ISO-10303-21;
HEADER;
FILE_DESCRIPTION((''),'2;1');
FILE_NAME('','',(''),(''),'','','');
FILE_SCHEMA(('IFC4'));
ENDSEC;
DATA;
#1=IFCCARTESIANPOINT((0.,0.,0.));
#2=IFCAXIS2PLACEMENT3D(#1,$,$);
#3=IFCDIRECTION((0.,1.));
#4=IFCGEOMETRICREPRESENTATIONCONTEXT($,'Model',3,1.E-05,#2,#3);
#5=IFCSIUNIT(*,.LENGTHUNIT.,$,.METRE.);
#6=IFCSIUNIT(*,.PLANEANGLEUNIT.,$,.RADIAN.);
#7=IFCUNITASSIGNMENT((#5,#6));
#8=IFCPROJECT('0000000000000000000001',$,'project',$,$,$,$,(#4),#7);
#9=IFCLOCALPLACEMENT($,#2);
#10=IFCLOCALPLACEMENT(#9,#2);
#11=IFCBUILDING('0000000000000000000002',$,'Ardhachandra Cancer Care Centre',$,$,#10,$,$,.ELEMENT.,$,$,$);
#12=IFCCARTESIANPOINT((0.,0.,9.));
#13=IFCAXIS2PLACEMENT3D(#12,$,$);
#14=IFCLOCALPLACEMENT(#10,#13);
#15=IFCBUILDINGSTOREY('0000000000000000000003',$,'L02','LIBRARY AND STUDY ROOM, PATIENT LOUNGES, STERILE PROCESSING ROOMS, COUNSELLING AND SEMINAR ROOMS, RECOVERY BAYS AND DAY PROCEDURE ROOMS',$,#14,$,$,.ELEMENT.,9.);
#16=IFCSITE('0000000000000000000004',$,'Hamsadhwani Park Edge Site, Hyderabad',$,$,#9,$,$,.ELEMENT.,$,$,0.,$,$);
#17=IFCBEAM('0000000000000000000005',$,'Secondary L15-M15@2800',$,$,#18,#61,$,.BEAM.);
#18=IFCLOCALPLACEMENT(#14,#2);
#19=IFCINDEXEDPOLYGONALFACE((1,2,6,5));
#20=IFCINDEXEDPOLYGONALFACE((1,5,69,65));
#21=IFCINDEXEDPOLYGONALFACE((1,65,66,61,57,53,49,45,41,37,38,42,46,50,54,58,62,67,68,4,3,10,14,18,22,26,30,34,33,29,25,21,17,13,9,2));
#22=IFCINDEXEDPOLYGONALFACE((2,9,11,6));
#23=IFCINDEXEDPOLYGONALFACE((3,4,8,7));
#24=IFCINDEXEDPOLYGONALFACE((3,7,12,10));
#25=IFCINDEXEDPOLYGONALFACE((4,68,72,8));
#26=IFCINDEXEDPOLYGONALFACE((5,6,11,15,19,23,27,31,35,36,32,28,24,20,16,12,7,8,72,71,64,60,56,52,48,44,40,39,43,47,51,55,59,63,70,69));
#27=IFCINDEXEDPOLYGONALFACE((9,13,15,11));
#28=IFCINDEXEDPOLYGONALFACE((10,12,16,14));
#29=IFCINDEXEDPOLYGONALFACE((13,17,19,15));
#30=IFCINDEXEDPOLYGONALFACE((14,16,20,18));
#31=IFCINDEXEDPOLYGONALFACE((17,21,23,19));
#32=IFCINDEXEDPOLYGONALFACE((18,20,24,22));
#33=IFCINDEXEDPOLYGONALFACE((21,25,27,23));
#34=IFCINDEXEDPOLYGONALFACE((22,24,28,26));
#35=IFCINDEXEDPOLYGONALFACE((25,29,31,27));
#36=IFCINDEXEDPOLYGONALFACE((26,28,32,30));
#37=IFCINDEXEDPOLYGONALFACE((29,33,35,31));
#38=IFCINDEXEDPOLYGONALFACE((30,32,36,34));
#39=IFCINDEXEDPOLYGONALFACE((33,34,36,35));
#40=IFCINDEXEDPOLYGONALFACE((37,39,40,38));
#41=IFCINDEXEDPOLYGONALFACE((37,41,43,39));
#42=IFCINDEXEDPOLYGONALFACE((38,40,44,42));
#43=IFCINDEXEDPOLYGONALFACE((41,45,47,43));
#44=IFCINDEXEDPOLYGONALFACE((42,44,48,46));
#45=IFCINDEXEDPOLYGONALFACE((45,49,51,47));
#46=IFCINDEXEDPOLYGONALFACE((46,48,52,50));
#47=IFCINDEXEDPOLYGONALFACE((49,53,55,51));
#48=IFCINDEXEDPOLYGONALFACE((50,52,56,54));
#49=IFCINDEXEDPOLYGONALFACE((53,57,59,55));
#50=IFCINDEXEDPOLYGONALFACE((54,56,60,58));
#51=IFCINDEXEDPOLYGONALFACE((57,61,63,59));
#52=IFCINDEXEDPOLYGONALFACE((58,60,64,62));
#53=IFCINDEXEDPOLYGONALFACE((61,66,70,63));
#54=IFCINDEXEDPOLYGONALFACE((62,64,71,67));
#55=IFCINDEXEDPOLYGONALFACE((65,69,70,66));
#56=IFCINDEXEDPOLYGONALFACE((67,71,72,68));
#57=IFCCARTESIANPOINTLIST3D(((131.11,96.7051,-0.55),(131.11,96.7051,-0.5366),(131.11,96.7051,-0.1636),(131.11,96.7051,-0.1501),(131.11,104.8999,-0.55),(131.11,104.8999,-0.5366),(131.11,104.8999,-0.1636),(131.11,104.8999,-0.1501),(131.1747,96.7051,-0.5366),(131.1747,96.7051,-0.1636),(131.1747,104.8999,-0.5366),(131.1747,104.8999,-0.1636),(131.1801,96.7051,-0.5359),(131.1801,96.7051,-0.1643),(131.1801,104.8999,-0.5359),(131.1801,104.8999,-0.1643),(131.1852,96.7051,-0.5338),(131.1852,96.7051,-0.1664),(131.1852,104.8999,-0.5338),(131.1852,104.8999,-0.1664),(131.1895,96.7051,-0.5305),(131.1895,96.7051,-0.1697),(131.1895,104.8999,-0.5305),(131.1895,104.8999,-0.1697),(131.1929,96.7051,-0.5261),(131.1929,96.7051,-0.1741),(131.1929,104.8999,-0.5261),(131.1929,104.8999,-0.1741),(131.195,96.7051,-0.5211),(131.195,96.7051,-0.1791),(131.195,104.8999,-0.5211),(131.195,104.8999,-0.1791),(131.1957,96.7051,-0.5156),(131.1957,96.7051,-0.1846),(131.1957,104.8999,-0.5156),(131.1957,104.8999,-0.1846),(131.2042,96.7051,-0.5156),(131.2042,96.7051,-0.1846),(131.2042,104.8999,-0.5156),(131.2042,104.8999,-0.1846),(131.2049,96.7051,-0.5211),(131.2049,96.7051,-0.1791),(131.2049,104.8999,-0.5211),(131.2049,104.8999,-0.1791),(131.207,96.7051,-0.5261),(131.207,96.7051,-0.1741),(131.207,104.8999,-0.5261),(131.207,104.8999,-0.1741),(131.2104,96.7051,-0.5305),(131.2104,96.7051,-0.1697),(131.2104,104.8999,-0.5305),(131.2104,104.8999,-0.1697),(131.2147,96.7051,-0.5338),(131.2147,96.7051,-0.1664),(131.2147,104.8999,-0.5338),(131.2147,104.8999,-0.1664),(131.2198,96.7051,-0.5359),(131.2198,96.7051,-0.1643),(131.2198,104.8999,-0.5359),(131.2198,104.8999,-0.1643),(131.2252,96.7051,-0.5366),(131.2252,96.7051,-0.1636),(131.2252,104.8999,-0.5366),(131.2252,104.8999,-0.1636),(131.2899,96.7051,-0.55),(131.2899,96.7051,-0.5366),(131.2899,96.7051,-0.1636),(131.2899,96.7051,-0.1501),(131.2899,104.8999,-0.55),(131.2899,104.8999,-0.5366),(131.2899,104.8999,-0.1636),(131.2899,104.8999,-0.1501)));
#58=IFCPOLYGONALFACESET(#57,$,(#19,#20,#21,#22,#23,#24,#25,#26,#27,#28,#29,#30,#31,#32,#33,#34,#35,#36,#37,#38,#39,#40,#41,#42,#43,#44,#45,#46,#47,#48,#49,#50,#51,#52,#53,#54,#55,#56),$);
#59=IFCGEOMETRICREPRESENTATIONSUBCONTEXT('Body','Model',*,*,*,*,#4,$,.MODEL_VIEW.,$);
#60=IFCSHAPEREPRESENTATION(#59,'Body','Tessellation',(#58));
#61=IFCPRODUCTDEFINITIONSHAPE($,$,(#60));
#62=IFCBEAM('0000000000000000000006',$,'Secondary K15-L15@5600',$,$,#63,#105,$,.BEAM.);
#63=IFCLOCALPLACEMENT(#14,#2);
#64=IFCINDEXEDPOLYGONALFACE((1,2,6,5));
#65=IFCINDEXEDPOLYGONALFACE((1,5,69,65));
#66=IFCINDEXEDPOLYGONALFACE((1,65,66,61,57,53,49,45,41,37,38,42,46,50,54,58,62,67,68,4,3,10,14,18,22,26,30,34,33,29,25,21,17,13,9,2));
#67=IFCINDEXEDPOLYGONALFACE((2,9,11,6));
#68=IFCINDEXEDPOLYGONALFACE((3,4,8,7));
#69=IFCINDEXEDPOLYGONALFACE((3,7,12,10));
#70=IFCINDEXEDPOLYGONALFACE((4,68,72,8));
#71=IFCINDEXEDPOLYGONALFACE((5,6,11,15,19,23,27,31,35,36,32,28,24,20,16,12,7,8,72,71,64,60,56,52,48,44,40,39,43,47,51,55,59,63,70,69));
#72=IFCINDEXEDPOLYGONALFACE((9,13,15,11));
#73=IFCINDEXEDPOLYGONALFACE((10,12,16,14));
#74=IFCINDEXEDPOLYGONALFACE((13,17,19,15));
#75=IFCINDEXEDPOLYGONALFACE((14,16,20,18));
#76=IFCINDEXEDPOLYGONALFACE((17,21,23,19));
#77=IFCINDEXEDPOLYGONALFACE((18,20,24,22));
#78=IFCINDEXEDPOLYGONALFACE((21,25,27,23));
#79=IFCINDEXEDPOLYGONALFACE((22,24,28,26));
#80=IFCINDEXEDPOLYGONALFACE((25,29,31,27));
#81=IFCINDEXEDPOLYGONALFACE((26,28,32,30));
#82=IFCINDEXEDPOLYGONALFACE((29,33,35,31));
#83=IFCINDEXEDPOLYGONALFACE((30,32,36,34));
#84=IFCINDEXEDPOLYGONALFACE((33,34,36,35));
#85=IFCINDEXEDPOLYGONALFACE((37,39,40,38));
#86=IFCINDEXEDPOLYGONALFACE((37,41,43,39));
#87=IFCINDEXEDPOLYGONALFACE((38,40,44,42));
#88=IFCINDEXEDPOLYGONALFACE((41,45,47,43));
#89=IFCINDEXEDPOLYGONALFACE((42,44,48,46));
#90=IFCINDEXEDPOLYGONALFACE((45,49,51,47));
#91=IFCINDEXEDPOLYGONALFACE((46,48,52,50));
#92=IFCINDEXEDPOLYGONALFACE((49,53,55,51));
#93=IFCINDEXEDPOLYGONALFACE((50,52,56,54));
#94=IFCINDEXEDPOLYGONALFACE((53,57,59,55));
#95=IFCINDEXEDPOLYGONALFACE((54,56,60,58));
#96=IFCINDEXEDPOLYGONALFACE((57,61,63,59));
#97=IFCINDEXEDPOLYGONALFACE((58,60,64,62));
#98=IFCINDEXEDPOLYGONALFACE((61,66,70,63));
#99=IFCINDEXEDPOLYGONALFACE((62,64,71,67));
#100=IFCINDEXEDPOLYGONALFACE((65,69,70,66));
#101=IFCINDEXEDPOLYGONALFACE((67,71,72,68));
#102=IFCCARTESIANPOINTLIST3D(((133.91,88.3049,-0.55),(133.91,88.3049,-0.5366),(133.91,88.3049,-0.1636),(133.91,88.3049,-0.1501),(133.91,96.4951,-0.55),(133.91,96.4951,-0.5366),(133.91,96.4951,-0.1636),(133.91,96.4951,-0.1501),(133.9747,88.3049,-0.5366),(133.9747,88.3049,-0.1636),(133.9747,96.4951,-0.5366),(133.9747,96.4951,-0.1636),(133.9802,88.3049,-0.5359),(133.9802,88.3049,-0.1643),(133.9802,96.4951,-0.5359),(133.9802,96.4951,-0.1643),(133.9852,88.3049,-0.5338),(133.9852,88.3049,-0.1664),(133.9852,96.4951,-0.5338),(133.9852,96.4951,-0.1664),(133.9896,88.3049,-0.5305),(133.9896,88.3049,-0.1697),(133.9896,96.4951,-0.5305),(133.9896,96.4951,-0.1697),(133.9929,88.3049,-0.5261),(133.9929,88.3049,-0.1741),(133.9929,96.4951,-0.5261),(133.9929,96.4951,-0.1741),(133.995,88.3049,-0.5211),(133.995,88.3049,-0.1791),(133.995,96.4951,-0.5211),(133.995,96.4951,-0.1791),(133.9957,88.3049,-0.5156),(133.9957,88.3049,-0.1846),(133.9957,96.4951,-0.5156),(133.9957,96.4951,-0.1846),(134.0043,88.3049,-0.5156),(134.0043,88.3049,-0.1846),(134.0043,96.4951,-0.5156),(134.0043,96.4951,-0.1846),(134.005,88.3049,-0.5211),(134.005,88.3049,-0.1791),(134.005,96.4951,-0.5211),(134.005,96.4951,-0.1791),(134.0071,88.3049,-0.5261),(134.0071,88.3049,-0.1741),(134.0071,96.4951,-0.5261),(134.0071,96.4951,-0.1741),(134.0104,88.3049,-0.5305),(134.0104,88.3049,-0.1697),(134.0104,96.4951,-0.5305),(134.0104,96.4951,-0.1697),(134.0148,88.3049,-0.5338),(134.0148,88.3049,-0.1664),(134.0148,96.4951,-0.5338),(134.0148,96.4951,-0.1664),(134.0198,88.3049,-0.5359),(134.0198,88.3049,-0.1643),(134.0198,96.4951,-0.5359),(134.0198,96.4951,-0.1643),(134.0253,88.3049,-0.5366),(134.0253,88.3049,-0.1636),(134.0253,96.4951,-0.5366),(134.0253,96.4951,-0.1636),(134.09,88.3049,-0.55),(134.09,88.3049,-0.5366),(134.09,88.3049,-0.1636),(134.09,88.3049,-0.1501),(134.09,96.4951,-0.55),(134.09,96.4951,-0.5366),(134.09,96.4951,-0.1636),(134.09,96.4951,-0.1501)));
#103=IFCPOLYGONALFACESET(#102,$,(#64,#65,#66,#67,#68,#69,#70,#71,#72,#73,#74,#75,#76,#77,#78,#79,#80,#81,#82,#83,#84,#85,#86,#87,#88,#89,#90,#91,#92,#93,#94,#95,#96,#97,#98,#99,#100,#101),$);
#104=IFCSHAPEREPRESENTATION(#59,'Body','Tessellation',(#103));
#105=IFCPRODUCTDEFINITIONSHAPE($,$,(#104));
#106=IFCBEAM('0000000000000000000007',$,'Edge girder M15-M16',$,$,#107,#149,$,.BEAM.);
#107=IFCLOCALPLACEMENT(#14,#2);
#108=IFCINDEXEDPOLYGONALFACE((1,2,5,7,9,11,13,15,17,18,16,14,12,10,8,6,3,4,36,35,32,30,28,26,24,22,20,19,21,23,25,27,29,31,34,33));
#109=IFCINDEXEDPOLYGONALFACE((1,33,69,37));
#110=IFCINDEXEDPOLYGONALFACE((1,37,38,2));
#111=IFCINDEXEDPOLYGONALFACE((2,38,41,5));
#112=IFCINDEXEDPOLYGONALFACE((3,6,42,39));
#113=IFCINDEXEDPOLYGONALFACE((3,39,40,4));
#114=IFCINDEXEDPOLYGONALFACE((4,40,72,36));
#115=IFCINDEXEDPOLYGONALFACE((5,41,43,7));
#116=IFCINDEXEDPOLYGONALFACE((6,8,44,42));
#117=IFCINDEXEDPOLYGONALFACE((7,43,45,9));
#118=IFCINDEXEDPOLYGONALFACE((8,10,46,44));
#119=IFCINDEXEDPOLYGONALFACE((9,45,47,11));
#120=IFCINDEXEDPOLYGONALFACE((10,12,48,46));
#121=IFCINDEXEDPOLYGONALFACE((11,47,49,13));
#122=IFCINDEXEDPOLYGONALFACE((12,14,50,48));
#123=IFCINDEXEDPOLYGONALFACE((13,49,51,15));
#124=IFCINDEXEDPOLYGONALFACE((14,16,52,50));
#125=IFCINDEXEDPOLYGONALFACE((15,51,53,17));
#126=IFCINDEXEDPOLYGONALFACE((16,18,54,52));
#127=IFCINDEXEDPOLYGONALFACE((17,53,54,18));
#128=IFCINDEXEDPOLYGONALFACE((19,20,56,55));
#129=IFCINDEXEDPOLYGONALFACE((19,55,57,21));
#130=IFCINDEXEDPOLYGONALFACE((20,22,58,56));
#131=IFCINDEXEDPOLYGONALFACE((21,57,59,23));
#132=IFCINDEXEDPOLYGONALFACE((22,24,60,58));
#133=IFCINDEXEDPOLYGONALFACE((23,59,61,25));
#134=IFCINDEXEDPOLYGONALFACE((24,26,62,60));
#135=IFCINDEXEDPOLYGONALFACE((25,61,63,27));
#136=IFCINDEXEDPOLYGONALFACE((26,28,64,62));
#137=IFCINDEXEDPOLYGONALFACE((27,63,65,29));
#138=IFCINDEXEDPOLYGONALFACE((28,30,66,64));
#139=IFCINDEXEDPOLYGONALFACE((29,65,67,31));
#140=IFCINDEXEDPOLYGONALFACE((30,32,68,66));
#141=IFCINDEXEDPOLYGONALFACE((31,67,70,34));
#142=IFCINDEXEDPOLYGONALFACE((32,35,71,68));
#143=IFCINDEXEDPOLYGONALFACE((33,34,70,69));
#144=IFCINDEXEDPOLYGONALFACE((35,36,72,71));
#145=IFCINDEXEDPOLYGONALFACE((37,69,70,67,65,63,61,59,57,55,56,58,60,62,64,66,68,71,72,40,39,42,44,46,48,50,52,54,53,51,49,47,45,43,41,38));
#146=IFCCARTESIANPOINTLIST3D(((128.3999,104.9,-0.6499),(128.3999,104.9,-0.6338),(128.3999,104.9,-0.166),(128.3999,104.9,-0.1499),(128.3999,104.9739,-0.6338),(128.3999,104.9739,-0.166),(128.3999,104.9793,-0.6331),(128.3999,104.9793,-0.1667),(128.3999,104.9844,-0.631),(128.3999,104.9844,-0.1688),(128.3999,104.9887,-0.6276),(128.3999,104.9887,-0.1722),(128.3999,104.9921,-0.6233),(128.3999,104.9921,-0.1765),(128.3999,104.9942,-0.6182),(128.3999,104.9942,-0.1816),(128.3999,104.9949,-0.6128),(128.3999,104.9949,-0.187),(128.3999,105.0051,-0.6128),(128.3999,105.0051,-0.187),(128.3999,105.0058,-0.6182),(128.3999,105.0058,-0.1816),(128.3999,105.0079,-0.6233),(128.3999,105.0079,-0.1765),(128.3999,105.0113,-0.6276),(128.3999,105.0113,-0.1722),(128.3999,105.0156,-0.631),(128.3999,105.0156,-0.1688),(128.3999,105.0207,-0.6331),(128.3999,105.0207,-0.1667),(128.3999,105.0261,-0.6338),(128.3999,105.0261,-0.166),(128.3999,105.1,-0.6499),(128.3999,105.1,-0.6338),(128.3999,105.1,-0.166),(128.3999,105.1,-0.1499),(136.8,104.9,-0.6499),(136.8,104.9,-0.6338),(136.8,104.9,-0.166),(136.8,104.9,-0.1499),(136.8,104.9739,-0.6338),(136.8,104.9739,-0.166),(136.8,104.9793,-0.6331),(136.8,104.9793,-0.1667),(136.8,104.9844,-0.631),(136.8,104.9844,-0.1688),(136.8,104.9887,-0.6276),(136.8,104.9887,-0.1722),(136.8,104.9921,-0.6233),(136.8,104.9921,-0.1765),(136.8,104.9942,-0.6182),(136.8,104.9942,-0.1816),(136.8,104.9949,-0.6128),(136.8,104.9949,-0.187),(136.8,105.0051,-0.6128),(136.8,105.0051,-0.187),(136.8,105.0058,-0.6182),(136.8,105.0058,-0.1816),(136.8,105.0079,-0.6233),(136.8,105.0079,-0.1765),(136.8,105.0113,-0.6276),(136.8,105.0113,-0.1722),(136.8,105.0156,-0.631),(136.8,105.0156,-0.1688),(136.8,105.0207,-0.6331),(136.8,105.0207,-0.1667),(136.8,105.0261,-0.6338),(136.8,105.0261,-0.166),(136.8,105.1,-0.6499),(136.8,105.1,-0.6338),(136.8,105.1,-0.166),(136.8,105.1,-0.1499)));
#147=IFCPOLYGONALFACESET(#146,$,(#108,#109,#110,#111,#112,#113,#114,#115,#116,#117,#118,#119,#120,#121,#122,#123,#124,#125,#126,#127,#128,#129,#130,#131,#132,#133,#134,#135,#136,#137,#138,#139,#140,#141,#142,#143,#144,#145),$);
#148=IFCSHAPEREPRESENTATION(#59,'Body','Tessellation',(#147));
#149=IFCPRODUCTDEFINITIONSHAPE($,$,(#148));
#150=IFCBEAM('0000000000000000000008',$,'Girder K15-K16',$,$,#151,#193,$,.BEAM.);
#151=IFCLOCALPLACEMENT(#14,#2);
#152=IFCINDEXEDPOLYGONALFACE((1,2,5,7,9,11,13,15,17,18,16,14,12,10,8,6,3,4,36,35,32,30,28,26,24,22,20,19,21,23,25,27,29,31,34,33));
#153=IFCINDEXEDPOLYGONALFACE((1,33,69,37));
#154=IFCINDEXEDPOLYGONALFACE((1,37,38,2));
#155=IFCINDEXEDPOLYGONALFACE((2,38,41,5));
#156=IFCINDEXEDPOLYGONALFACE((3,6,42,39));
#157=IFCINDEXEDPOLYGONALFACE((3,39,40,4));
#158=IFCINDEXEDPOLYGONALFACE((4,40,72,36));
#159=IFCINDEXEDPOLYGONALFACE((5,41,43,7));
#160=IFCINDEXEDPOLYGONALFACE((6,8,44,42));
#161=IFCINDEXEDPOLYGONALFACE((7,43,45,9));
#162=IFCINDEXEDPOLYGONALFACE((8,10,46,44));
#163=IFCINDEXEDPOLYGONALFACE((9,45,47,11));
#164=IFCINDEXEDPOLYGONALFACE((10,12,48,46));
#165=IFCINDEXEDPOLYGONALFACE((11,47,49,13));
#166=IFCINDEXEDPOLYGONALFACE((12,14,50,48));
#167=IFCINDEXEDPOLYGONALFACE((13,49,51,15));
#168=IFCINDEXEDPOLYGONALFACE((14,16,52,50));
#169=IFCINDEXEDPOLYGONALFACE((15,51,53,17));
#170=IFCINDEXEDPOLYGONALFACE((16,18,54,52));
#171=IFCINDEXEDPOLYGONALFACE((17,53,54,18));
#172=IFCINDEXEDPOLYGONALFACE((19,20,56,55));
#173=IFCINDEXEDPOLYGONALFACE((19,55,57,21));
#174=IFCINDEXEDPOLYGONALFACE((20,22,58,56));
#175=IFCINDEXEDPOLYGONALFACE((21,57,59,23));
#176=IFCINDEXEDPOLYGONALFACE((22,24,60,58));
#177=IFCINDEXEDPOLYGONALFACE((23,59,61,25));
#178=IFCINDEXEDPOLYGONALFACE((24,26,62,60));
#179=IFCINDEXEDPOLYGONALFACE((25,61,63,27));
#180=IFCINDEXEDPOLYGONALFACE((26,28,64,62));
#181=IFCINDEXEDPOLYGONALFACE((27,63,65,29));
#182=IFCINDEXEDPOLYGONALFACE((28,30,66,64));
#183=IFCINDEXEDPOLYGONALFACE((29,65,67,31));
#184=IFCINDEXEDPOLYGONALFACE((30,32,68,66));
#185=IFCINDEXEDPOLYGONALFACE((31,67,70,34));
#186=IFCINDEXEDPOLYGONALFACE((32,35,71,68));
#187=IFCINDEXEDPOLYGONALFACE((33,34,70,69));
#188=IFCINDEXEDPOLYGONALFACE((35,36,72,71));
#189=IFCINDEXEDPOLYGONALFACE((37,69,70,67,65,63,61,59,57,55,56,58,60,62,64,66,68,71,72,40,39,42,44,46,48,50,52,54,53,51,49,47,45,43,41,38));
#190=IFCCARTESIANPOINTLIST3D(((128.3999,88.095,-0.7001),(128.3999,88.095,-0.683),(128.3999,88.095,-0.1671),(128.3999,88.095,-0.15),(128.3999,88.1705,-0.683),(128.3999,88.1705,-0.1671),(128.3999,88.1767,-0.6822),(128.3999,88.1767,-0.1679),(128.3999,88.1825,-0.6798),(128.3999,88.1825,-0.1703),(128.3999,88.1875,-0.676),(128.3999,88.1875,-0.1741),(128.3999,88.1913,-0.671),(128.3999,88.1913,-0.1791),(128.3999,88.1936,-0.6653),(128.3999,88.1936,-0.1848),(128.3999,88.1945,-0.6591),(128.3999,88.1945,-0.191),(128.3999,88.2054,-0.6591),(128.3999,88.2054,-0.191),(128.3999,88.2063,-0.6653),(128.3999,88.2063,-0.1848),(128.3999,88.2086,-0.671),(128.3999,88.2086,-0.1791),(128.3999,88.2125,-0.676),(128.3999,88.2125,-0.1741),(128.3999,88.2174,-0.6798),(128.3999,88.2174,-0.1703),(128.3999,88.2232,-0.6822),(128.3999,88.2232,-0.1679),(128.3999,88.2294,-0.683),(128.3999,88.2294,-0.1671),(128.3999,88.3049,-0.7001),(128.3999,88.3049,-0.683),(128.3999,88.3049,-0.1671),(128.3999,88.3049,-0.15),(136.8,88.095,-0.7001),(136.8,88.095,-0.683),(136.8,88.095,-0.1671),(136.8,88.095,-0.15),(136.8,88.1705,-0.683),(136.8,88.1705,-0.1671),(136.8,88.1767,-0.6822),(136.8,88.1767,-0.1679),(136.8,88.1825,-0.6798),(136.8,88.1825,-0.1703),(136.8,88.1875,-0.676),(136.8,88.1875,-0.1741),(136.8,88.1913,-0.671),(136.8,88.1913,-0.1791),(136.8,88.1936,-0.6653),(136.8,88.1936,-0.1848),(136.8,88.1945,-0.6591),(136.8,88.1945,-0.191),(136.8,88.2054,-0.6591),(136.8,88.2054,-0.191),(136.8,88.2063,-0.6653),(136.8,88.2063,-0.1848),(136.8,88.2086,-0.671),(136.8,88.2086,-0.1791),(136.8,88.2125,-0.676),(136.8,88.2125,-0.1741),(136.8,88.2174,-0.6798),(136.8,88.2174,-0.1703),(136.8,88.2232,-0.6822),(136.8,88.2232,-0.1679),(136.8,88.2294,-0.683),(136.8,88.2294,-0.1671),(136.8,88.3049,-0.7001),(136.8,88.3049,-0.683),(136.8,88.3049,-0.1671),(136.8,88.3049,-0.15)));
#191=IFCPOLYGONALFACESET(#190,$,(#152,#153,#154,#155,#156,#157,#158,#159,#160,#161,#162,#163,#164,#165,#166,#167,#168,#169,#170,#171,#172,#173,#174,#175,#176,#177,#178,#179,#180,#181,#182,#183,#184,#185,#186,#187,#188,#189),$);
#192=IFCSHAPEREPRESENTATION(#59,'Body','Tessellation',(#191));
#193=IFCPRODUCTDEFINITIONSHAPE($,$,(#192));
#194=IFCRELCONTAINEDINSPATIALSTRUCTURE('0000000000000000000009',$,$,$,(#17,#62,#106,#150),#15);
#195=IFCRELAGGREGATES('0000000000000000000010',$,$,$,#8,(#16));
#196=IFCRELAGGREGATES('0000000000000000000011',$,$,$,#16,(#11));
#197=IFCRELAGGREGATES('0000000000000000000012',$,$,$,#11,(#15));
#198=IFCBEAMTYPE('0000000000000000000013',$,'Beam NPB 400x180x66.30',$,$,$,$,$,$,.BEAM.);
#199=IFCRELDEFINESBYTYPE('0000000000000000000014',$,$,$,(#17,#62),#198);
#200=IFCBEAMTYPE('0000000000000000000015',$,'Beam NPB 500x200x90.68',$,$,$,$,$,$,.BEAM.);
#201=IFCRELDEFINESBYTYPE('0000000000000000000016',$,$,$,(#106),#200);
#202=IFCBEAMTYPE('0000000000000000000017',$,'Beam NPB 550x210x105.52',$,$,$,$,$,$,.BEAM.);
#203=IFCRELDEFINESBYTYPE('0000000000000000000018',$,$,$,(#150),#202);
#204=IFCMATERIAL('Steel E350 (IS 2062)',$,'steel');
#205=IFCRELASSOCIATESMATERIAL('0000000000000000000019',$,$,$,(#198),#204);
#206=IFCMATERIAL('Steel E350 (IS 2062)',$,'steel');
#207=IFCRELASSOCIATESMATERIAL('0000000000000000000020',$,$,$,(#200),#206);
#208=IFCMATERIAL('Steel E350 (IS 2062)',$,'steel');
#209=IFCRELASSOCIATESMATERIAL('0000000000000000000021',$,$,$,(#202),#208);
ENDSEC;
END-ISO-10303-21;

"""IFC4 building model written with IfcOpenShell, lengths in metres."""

from ifc_helpers import new_model, si_unit, direction, frame, origin, origin_2d, place, context, subcontext, project, spatial, i_section, extrude, material, material_profile, profile_set, type_object, element, save


model = new_model("IFC4")

# Units and contexts
model_context = context("Model", 3, precision=1e-05, world=origin(), true_north=direction((0.0, 1.0)))
body_context = subcontext(model_context, "Body", "Model", "MODEL_VIEW")
ifc_project = project(units=[si_unit("LENGTHUNIT", "METRE"), si_unit("PLANEANGLEUNIT", "RADIAN")], contexts=[model_context])

# Site, building, storey
site_placement = place(None, origin())
site = spatial("IfcSite", under=ifc_project, at=site_placement, Name="Hamsadhwani Park Edge Site, Hyderabad", CompositionType="ELEMENT", RefElevation=0.0)
building_placement = place(site_placement, origin())
building = spatial("IfcBuilding", under=site, at=building_placement, Name="Ardhachandra Cancer Care Centre", CompositionType="ELEMENT")
storey_placement = place(building_placement, frame((0.0, 0.0, 9.0)))
storey = spatial("IfcBuildingStorey", under=building, at=storey_placement, Name="L02", Description="LIBRARY AND STUDY ROOM, PATIENT LOUNGES, STERILE PROCESSING ROOMS, COUNSELLING AND SEMINAR ROOMS, RECOVERY BAYS AND DAY PROCEDURE ROOMS", CompositionType="ELEMENT", Elevation=9.0)

# Beams
ifc_material_1 = material(Name="Steel E350 (IS 2062)", Category="steel")
ifc_material_profile_1 = material_profile(ifc_material_1, i_section(OverallWidth=0.1799, OverallDepth=0.3999, WebThickness=0.0085, FlangeThickness=0.0134, FilletRadius=0.021, at=origin_2d()), Name="NPB 400x180x66.30")
ifc_profile_set_1 = profile_set([ifc_material_profile_1], Name="Steel E350 (IS 2062)")
beam_type_1 = type_object("IfcBeamType", Name="Beam NPB 400x180x66.30", PredefinedType="BEAM", material=ifc_profile_set_1)
beam_1_placement = place(storey_placement, frame((131.2, 96.7051, -0.3501), z_axis=(0.0, 1.0, 0.0), x_axis=(-1.0, 0.0, 0.0)))
element("IfcBeam", 1, at=beam_1_placement, inside=storey, type_object=beam_type_1, Name="Secondary L15-M15@2800", PredefinedType="BEAM", context=body_context, shape_type="SweptSolid", body=[
    extrude(i_section(OverallWidth=0.1799, OverallDepth=0.3999, WebThickness=0.0085, FlangeThickness=0.0134, FilletRadius=0.021, at=origin_2d()), origin(), (0.0, 0.0, 1.0), 8.1948),
])
beam_2_placement = place(storey_placement, frame((134.0, 88.3049, -0.3501), z_axis=(0.0, 1.0, 0.0), x_axis=(-1.0, 0.0, 0.0)))
element("IfcBeam", 2, at=beam_2_placement, inside=storey, type_object=beam_type_1, Name="Secondary K15-L15@5600", PredefinedType="BEAM", context=body_context, shape_type="SweptSolid", body=[
    extrude(i_section(OverallWidth=0.1799, OverallDepth=0.3999, WebThickness=0.0085, FlangeThickness=0.0134, FilletRadius=0.021, at=origin_2d()), origin(), (0.0, 0.0, 1.0), 8.1902),
])
ifc_material_2 = material(Name="Steel E350 (IS 2062)", Category="steel")
ifc_material_profile_2 = material_profile(ifc_material_2, i_section(OverallWidth=0.2, OverallDepth=0.5, WebThickness=0.0103, FlangeThickness=0.0161, FilletRadius=0.021, at=origin_2d()), Name="NPB 500x200x90.68")
ifc_profile_set_2 = profile_set([ifc_material_profile_2], Name="Steel E350 (IS 2062)")
beam_type_2 = type_object("IfcBeamType", Name="Beam NPB 500x200x90.68", PredefinedType="BEAM", material=ifc_profile_set_2)
beam_3_placement = place(storey_placement, frame((128.3999, 105.0, -0.3999), z_axis=(1.0, 0.0, 0.0), x_axis=(0.0, 1.0, 0.0)))
element("IfcBeam", 3, at=beam_3_placement, inside=storey, type_object=beam_type_2, Name="Edge girder M15-M16", PredefinedType="BEAM", context=body_context, shape_type="SweptSolid", body=[
    extrude(i_section(OverallWidth=0.2, OverallDepth=0.5, WebThickness=0.0103, FlangeThickness=0.0161, FilletRadius=0.021, at=origin_2d()), origin(), (0.0, 0.0, 1.0), 8.4001),
])
ifc_material_3 = material(Name="Steel E350 (IS 2062)", Category="steel")
ifc_material_profile_3 = material_profile(ifc_material_3, i_section(OverallWidth=0.21, OverallDepth=0.55, WebThickness=0.011, FlangeThickness=0.0171, FilletRadius=0.0239, at=origin_2d()), Name="NPB 550x210x105.52")
ifc_profile_set_3 = profile_set([ifc_material_profile_3], Name="Steel E350 (IS 2062)")
beam_type_3 = type_object("IfcBeamType", Name="Beam NPB 550x210x105.52", PredefinedType="BEAM", material=ifc_profile_set_3)
for number, where, z_axis, x_axis, name in (
    (4, (128.3999, 88.2, -0.425), (1.0, 0.0, 0.0), (0.0, 1.0, 0.0), "Girder K15-K16"),
):
    element("IfcBeam", number, at=place(storey_placement, frame(where, z_axis=z_axis, x_axis=x_axis)), inside=storey, type_object=beam_type_3, Name=name, PredefinedType="BEAM", context=body_context, shape_type="SweptSolid", body=[
        extrude(i_section(OverallWidth=0.21, OverallDepth=0.55, WebThickness=0.011, FlangeThickness=0.0171, FilletRadius=0.0239, at=origin_2d()), origin(), (0.0, 0.0, 1.0), 8.4001),
    ])

save(model, "model.ifc")
